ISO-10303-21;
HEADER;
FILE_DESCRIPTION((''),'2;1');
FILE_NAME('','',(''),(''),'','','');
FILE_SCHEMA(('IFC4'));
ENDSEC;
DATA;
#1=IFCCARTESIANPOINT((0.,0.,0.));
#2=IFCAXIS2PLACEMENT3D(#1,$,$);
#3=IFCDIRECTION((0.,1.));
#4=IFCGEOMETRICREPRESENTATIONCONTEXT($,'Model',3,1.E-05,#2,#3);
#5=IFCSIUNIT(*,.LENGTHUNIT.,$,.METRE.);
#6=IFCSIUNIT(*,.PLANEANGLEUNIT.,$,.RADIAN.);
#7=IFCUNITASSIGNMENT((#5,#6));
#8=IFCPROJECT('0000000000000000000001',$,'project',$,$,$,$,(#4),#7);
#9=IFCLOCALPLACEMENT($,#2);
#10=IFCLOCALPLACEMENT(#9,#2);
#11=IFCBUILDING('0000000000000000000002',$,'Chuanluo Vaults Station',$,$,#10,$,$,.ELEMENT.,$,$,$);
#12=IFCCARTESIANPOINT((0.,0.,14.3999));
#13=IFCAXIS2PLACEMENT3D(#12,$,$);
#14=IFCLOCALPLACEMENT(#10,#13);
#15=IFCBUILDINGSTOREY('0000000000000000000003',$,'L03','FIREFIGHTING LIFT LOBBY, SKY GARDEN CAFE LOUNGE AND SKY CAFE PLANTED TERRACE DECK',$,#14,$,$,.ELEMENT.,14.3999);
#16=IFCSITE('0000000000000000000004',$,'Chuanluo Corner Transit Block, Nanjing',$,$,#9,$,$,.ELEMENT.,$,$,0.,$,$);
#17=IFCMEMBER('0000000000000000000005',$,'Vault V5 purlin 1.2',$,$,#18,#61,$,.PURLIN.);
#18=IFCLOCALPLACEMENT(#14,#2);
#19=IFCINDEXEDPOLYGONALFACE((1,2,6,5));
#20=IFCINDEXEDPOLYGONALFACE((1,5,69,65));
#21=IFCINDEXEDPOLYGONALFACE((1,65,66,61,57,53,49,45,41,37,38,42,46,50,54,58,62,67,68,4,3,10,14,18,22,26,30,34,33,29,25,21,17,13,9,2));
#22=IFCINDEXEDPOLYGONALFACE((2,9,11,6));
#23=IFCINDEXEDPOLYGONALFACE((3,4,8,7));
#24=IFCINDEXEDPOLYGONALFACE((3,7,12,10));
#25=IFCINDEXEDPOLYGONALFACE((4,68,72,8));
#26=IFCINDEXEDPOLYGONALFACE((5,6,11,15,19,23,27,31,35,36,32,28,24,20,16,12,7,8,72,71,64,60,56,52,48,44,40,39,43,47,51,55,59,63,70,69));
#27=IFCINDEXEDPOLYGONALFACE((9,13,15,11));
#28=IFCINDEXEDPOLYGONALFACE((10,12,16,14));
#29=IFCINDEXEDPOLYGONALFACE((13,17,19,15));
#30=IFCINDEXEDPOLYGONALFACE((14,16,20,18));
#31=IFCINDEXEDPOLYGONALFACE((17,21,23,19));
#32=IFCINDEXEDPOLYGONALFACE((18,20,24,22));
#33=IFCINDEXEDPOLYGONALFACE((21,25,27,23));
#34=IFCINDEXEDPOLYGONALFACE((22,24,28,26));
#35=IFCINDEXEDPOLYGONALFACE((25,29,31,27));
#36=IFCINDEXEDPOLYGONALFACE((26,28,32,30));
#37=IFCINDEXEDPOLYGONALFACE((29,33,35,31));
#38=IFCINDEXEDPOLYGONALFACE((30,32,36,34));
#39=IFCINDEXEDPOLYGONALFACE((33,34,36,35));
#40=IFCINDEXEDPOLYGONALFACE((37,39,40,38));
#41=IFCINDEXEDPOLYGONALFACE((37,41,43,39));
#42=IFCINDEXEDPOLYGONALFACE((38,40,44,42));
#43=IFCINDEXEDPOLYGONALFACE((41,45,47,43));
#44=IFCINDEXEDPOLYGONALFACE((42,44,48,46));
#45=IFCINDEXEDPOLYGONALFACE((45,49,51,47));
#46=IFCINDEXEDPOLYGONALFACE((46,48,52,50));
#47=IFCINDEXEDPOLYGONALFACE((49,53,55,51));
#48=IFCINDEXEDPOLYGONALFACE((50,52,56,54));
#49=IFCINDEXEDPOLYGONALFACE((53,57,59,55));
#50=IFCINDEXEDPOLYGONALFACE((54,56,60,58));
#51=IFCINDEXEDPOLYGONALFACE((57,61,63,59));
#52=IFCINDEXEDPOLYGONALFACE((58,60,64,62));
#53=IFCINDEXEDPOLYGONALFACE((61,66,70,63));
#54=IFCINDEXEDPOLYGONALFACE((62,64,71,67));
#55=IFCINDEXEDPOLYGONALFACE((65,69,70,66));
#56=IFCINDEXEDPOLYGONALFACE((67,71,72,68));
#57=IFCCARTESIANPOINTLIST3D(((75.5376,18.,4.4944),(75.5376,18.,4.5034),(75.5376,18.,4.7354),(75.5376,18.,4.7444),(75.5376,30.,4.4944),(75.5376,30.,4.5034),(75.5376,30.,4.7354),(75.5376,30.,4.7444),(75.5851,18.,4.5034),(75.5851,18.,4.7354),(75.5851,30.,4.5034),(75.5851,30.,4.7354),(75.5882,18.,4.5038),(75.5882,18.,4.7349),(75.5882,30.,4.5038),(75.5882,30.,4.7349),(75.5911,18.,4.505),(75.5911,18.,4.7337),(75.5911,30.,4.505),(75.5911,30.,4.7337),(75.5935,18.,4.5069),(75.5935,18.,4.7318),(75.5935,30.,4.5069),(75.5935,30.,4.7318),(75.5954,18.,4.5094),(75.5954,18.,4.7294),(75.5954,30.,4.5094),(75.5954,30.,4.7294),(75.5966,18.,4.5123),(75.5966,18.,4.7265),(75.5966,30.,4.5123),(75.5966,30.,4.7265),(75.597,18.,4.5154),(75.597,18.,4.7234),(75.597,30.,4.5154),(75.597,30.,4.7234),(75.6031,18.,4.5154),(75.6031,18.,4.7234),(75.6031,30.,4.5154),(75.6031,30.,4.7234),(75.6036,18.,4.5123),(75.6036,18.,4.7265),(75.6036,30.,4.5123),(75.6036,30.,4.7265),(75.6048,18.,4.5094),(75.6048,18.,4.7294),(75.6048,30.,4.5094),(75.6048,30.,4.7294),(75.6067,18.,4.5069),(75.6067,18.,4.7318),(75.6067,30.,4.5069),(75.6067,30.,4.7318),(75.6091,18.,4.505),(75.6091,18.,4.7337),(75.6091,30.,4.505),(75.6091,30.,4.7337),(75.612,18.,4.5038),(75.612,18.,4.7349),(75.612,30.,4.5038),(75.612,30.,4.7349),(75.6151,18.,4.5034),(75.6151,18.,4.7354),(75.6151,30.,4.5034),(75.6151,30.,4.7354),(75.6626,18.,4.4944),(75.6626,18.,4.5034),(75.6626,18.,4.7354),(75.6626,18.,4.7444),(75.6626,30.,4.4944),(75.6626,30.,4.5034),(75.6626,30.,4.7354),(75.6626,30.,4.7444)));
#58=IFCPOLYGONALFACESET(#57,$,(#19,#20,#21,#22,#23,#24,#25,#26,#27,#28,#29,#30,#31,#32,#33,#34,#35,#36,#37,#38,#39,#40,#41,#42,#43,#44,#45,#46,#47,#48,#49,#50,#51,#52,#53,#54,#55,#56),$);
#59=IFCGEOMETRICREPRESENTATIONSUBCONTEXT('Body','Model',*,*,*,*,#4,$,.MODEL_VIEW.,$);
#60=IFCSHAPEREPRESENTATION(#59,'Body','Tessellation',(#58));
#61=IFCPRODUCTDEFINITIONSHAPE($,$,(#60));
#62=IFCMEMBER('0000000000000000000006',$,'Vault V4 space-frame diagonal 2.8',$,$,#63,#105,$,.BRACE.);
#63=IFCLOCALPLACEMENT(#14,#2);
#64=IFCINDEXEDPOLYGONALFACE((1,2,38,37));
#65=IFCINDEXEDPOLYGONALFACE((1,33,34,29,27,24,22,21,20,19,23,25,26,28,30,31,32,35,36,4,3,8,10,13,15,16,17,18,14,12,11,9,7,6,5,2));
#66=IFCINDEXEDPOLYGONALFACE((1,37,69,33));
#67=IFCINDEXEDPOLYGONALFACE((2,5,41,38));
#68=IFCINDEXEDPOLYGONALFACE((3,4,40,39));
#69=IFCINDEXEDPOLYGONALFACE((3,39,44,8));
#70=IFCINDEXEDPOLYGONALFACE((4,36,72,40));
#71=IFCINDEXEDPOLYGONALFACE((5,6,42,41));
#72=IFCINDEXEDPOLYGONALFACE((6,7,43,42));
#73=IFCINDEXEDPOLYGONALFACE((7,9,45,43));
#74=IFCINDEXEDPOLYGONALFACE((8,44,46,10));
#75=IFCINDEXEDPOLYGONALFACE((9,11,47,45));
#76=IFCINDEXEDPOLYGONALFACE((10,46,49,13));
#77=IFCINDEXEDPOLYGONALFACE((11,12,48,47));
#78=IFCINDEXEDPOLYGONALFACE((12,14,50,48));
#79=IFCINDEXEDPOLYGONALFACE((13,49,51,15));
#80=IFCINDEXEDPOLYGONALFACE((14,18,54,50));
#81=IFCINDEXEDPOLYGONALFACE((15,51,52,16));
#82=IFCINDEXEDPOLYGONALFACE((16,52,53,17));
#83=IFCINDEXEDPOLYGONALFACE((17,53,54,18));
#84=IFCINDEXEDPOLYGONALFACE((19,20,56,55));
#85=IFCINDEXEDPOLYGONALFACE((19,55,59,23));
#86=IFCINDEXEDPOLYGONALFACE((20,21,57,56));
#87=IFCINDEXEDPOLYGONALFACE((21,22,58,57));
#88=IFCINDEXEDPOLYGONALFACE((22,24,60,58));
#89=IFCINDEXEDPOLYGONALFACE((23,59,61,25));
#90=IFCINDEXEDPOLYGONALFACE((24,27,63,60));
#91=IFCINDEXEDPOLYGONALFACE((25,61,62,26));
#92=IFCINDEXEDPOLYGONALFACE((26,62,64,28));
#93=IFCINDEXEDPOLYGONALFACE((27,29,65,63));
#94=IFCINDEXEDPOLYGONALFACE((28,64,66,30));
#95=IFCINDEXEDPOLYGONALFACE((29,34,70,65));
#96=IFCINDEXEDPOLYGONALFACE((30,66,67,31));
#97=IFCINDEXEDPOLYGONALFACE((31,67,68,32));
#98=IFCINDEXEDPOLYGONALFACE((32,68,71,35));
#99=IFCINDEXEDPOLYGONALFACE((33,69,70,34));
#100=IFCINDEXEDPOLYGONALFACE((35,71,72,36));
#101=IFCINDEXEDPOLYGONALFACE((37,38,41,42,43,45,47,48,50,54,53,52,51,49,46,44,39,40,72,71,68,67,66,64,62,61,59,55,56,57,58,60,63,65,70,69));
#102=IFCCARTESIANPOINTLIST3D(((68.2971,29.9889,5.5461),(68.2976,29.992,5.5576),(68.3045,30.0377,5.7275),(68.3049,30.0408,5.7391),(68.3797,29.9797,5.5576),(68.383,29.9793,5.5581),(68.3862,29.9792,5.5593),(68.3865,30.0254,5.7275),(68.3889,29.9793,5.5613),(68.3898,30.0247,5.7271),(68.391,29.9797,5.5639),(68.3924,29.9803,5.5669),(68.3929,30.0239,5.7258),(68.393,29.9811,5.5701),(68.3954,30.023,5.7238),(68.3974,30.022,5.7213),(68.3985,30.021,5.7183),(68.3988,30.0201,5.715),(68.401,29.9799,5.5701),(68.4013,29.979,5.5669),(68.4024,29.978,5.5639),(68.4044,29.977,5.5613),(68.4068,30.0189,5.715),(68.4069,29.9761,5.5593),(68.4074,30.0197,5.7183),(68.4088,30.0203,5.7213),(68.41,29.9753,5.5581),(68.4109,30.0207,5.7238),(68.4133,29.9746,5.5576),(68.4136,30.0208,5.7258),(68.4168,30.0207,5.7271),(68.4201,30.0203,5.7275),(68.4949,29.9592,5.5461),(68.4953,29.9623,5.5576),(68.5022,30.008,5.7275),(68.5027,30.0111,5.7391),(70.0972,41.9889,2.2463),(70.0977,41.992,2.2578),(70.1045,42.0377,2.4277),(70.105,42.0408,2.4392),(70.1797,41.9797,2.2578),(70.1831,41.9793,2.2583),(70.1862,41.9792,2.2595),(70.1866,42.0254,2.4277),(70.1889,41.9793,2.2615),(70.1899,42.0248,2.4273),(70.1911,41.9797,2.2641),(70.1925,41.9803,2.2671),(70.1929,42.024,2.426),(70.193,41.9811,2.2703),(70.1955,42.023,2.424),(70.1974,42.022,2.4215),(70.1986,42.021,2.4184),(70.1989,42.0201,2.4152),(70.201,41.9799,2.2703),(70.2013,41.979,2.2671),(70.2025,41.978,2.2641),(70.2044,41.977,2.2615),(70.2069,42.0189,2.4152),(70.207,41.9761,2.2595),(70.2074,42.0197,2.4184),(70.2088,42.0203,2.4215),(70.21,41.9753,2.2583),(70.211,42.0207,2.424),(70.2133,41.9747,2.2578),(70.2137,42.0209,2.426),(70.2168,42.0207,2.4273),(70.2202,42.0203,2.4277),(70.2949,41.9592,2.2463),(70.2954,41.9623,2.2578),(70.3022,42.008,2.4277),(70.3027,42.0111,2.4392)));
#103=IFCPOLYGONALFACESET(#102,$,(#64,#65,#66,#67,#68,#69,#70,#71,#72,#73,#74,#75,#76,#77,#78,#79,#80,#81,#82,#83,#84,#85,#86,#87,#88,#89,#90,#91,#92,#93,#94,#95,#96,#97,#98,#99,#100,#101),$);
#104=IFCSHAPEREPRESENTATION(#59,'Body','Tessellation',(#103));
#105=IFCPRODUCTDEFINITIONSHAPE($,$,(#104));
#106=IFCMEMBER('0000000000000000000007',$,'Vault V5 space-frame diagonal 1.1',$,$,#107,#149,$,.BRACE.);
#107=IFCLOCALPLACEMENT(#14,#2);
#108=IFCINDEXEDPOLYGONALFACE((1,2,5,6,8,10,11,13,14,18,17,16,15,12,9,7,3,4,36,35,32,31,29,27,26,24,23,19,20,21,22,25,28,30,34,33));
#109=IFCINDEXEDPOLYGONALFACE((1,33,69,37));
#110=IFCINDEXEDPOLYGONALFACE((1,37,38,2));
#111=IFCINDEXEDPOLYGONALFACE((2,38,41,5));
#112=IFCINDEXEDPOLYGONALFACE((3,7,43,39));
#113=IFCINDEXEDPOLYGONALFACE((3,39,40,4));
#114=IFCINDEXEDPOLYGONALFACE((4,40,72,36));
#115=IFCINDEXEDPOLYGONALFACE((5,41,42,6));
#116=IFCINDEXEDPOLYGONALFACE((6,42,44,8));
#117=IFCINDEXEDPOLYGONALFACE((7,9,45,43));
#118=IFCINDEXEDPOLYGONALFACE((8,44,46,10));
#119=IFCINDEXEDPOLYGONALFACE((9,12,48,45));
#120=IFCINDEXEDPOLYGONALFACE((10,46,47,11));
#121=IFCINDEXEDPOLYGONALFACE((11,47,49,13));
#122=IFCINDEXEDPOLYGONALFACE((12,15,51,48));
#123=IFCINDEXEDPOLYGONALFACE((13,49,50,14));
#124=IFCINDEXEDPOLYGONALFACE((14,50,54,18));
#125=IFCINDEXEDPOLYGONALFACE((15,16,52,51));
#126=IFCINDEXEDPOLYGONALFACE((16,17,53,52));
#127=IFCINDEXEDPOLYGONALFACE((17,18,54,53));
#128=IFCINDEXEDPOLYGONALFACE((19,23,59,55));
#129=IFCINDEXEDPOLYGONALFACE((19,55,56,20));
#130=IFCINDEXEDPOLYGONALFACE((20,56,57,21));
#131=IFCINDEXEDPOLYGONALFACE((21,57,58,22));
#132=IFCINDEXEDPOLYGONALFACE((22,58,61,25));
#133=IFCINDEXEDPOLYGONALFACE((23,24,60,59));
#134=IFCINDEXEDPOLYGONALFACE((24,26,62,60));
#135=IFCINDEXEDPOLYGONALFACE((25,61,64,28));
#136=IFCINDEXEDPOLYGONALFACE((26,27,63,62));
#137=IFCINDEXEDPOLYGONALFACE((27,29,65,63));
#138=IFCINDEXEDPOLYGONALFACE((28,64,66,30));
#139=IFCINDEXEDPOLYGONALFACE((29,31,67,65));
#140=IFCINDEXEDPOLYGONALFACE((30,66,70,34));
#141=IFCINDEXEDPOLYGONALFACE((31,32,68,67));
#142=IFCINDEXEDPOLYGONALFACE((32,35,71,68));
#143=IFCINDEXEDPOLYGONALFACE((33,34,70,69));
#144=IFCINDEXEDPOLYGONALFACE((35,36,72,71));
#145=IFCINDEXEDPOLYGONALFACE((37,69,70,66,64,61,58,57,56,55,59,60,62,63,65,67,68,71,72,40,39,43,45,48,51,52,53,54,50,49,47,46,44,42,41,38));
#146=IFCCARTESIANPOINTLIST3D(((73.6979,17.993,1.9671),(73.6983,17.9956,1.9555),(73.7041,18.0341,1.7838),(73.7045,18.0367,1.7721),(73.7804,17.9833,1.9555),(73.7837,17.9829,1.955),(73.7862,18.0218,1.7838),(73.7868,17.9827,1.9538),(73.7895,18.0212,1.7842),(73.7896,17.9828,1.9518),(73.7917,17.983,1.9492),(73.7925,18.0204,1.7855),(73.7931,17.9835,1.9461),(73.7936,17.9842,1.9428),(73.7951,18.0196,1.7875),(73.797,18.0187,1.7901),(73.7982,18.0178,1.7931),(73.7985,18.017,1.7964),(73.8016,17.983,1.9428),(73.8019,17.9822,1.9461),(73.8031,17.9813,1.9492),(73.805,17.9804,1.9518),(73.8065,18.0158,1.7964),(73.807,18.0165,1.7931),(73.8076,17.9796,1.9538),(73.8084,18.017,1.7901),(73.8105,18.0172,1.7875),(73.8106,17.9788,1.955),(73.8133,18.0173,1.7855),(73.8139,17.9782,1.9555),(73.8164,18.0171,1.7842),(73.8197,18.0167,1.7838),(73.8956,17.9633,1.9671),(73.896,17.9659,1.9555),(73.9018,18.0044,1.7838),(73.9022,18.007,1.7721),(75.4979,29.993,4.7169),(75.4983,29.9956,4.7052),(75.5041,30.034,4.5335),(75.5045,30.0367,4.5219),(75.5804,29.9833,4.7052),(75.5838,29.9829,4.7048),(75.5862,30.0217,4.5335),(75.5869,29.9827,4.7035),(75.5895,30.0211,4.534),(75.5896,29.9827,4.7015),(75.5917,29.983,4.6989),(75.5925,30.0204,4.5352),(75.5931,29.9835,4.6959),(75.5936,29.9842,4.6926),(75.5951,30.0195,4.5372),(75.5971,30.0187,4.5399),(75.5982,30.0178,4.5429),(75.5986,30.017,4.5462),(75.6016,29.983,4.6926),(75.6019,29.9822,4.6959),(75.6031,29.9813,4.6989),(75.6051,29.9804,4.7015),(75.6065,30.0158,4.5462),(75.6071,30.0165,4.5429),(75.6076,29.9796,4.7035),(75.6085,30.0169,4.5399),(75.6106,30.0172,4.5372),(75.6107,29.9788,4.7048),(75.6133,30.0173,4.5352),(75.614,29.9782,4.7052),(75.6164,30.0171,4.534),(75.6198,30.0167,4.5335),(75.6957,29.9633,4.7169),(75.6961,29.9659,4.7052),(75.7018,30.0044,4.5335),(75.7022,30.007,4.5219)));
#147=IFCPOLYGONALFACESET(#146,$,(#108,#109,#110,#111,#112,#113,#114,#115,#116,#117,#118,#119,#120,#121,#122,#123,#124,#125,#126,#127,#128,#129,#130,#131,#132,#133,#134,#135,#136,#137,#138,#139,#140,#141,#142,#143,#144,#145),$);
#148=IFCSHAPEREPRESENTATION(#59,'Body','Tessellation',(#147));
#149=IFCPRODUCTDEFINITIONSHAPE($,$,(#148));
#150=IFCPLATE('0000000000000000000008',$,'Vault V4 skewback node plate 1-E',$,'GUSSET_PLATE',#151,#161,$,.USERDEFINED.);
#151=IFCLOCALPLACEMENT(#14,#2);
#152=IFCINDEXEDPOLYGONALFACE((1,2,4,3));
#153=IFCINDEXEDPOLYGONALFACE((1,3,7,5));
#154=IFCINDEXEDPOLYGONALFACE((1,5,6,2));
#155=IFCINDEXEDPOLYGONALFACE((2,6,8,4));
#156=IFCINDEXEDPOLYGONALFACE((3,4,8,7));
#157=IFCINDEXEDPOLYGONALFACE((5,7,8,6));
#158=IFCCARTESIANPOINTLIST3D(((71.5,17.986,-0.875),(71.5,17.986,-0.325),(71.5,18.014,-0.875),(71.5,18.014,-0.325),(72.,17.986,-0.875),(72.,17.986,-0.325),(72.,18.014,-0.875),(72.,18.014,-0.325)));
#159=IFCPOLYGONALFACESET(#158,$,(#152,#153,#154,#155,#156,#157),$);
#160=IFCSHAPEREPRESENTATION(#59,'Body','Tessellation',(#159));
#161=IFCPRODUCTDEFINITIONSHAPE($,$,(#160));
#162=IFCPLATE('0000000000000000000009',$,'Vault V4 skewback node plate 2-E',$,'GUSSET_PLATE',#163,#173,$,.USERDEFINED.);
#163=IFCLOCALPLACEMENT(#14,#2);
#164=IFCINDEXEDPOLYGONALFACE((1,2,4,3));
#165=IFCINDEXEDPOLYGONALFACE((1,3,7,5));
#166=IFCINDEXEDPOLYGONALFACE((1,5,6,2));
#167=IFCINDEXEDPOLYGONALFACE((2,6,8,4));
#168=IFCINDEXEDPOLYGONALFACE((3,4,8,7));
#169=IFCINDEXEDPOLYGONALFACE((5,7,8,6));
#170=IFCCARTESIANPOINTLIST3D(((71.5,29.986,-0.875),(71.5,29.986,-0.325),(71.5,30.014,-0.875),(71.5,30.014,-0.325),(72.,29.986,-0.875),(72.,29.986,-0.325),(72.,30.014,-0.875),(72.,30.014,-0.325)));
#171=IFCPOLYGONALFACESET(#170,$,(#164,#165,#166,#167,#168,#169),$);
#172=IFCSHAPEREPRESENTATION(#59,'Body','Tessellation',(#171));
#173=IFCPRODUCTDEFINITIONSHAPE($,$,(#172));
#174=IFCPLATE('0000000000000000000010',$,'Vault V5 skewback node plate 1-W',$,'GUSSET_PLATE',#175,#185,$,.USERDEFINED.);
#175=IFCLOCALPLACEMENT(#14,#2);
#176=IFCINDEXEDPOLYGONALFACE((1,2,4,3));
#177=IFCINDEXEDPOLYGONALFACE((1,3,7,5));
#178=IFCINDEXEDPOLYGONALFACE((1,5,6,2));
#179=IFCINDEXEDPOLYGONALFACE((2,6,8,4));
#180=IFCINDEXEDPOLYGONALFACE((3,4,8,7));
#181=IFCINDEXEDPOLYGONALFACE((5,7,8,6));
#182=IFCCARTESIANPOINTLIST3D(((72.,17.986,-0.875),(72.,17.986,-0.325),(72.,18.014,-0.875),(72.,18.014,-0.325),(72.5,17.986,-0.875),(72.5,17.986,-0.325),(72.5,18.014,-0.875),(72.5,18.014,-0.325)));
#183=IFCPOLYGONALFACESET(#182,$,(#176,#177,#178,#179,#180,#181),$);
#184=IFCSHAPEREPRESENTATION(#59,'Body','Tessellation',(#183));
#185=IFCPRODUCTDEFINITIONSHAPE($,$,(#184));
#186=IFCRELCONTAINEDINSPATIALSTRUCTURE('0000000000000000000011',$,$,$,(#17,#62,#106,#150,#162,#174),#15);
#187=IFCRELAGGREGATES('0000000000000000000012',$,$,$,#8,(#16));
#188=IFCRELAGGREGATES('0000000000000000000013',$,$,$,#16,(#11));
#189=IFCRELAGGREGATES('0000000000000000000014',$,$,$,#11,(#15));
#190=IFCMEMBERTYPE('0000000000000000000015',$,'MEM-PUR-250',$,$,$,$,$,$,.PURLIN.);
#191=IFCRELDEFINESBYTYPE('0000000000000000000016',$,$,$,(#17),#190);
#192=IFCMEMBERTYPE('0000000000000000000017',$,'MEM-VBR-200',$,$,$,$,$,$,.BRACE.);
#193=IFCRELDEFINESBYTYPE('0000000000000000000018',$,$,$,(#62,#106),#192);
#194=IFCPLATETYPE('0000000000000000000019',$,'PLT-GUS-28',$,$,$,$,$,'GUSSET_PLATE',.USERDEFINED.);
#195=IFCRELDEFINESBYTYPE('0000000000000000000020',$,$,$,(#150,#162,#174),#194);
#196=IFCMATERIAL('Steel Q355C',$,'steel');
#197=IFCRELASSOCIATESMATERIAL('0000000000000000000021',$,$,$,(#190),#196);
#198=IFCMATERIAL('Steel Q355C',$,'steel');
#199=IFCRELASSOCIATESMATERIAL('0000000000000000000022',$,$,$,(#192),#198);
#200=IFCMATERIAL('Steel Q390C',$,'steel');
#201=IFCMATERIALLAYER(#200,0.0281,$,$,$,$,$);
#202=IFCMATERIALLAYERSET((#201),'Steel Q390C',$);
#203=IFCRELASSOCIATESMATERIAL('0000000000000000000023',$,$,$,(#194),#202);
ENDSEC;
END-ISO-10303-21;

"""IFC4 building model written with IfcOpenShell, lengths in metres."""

from ifc_helpers import new_model, si_unit, direction, frame, origin, origin_2d, place, context, subcontext, project, spatial, rectangle, i_section, extrude, material, layer, layer_set, material_profile, profile_set, type_object, element, save


model = new_model("IFC4")

# Units and contexts
model_context = context("Model", 3, precision=1e-05, world=origin(), true_north=direction((0.0, 1.0)))
body_context = subcontext(model_context, "Body", "Model", "MODEL_VIEW")
ifc_project = project(units=[si_unit("LENGTHUNIT", "METRE"), si_unit("PLANEANGLEUNIT", "RADIAN")], contexts=[model_context])

# Site, building, storey
site_placement = place(None, origin())
site = spatial("IfcSite", under=ifc_project, at=site_placement, Name="Chuanluo Corner Transit Block, Nanjing", CompositionType="ELEMENT", RefElevation=0.0)
building_placement = place(site_placement, origin())
building = spatial("IfcBuilding", under=site, at=building_placement, Name="Chuanluo Vaults Station", CompositionType="ELEMENT")
storey_placement = place(building_placement, frame((0.0, 0.0, 14.3999)))
storey = spatial("IfcBuildingStorey", under=building, at=storey_placement, Name="L03", Description="FIREFIGHTING LIFT LOBBY, SKY GARDEN CAFE LOUNGE AND SKY CAFE PLANTED TERRACE DECK", CompositionType="ELEMENT", Elevation=14.3999)

# Members
ifc_material_1 = material(Name="Steel Q355C", Category="steel")
ifc_material_profile_1 = material_profile(ifc_material_1, i_section(OverallWidth=0.125, OverallDepth=0.25, WebThickness=0.0061, FlangeThickness=0.009, FilletRadius=0.012, at=origin_2d()))
ifc_profile_set_1 = profile_set([ifc_material_profile_1], Name="Steel Q355C")
member_type_1 = type_object("IfcMemberType", Name="MEM-PUR-250", PredefinedType="PURLIN", material=ifc_profile_set_1)
for number, where, z_axis, x_axis, name in (
    (1, (75.6001, 18.0, 4.6194), (0.0, 1.0, 0.0), (-1.0, 0.0, 0.0), "Vault V5 purlin 1.2"),
):
    element("IfcMember", number, at=place(storey_placement, frame(where, z_axis=z_axis, x_axis=x_axis)), inside=storey, type_object=member_type_1, Name=name, PredefinedType="PURLIN", context=body_context, shape_type="SweptSolid", body=[
        extrude(i_section(OverallWidth=0.125, OverallDepth=0.25, WebThickness=0.0061, FlangeThickness=0.009, FilletRadius=0.012, at=origin_2d()), origin(), (0.0, 0.0, 1.0), 12.0),
    ])
ifc_material_2 = material(Name="Steel Q355C", Category="steel")
ifc_material_profile_2 = material_profile(ifc_material_2, i_section(OverallWidth=0.2, OverallDepth=0.2, WebThickness=0.0081, FlangeThickness=0.012, FilletRadius=0.0129, at=origin_2d()))
ifc_profile_set_2 = profile_set([ifc_material_profile_2], Name="Steel Q355C")
member_type_2 = type_object("IfcMemberType", Name="MEM-VBR-200", PredefinedType="BRACE", material=ifc_profile_set_2)
member_1_placement = place(storey_placement, frame((68.3999, 30.0, 5.6426), z_axis=(0.143146, 0.95428, -0.262411), x_axis=(-0.988936, 0.148344, 0.0)))
element("IfcMember", 2, at=member_1_placement, inside=storey, type_object=member_type_2, Name="Vault V4 space-frame diagonal 2.8", PredefinedType="BRACE", context=body_context, shape_type="SweptSolid", body=[
    extrude(i_section(OverallWidth=0.2, OverallDepth=0.2, WebThickness=0.0081, FlangeThickness=0.012, FilletRadius=0.0129, at=origin_2d()), origin(), (0.0, 0.0, 1.0), 12.575),
])
member_2_placement = place(storey_placement, frame((73.8, 18.0, 1.8696), z_axis=(0.144676, 0.964481, 0.221007), x_axis=(-0.988936, 0.148344, 0.0)))
element("IfcMember", 3, at=member_2_placement, inside=storey, type_object=member_type_2, Name="Vault V5 space-frame diagonal 1.1", PredefinedType="BRACE", context=body_context, shape_type="SweptSolid", body=[
    extrude(i_section(OverallWidth=0.2, OverallDepth=0.2, WebThickness=0.0081, FlangeThickness=0.012, FilletRadius=0.0129, at=origin_2d()), origin(), (0.0, 0.0, 1.0), 12.4419),
])

# Plates
ifc_material_3 = material(Name="Steel Q390C", Category="steel")
ifc_layer = layer(ifc_material_3, 0.0281)
ifc_layer_set = layer_set([ifc_layer], Name="Steel Q390C")
plate_type = type_object("IfcPlateType", Name="PLT-GUS-28", ElementType="GUSSET_PLATE", PredefinedType="USERDEFINED", material=ifc_layer_set)
for number, where, z_axis, x_axis, name in (
    (4, (71.75, 18.0, -0.875), (0.0, 0.0, 1.0), (1.0, 0.0, 0.0), "Vault V4 skewback node plate 1-E"),
    (5, (71.75, 30.0, -0.875), (0.0, 0.0, 1.0), (1.0, 0.0, 0.0), "Vault V4 skewback node plate 2-E"),
    (6, (72.25, 18.0, -0.875), (0.0, 0.0, 1.0), (1.0, 0.0, 0.0), "Vault V5 skewback node plate 1-W"),
):
    element("IfcPlate", number, at=place(storey_placement, frame(where, z_axis=z_axis, x_axis=x_axis)), inside=storey, type_object=plate_type, Name=name, ObjectType="GUSSET_PLATE", PredefinedType="USERDEFINED", context=body_context, shape_type="SweptSolid", body=[
        extrude(rectangle(XDim=0.5, YDim=0.0281, at=origin_2d()), origin(), (0.0, 0.0, 1.0), 0.55),
    ])

save(model, "model.ifc")
